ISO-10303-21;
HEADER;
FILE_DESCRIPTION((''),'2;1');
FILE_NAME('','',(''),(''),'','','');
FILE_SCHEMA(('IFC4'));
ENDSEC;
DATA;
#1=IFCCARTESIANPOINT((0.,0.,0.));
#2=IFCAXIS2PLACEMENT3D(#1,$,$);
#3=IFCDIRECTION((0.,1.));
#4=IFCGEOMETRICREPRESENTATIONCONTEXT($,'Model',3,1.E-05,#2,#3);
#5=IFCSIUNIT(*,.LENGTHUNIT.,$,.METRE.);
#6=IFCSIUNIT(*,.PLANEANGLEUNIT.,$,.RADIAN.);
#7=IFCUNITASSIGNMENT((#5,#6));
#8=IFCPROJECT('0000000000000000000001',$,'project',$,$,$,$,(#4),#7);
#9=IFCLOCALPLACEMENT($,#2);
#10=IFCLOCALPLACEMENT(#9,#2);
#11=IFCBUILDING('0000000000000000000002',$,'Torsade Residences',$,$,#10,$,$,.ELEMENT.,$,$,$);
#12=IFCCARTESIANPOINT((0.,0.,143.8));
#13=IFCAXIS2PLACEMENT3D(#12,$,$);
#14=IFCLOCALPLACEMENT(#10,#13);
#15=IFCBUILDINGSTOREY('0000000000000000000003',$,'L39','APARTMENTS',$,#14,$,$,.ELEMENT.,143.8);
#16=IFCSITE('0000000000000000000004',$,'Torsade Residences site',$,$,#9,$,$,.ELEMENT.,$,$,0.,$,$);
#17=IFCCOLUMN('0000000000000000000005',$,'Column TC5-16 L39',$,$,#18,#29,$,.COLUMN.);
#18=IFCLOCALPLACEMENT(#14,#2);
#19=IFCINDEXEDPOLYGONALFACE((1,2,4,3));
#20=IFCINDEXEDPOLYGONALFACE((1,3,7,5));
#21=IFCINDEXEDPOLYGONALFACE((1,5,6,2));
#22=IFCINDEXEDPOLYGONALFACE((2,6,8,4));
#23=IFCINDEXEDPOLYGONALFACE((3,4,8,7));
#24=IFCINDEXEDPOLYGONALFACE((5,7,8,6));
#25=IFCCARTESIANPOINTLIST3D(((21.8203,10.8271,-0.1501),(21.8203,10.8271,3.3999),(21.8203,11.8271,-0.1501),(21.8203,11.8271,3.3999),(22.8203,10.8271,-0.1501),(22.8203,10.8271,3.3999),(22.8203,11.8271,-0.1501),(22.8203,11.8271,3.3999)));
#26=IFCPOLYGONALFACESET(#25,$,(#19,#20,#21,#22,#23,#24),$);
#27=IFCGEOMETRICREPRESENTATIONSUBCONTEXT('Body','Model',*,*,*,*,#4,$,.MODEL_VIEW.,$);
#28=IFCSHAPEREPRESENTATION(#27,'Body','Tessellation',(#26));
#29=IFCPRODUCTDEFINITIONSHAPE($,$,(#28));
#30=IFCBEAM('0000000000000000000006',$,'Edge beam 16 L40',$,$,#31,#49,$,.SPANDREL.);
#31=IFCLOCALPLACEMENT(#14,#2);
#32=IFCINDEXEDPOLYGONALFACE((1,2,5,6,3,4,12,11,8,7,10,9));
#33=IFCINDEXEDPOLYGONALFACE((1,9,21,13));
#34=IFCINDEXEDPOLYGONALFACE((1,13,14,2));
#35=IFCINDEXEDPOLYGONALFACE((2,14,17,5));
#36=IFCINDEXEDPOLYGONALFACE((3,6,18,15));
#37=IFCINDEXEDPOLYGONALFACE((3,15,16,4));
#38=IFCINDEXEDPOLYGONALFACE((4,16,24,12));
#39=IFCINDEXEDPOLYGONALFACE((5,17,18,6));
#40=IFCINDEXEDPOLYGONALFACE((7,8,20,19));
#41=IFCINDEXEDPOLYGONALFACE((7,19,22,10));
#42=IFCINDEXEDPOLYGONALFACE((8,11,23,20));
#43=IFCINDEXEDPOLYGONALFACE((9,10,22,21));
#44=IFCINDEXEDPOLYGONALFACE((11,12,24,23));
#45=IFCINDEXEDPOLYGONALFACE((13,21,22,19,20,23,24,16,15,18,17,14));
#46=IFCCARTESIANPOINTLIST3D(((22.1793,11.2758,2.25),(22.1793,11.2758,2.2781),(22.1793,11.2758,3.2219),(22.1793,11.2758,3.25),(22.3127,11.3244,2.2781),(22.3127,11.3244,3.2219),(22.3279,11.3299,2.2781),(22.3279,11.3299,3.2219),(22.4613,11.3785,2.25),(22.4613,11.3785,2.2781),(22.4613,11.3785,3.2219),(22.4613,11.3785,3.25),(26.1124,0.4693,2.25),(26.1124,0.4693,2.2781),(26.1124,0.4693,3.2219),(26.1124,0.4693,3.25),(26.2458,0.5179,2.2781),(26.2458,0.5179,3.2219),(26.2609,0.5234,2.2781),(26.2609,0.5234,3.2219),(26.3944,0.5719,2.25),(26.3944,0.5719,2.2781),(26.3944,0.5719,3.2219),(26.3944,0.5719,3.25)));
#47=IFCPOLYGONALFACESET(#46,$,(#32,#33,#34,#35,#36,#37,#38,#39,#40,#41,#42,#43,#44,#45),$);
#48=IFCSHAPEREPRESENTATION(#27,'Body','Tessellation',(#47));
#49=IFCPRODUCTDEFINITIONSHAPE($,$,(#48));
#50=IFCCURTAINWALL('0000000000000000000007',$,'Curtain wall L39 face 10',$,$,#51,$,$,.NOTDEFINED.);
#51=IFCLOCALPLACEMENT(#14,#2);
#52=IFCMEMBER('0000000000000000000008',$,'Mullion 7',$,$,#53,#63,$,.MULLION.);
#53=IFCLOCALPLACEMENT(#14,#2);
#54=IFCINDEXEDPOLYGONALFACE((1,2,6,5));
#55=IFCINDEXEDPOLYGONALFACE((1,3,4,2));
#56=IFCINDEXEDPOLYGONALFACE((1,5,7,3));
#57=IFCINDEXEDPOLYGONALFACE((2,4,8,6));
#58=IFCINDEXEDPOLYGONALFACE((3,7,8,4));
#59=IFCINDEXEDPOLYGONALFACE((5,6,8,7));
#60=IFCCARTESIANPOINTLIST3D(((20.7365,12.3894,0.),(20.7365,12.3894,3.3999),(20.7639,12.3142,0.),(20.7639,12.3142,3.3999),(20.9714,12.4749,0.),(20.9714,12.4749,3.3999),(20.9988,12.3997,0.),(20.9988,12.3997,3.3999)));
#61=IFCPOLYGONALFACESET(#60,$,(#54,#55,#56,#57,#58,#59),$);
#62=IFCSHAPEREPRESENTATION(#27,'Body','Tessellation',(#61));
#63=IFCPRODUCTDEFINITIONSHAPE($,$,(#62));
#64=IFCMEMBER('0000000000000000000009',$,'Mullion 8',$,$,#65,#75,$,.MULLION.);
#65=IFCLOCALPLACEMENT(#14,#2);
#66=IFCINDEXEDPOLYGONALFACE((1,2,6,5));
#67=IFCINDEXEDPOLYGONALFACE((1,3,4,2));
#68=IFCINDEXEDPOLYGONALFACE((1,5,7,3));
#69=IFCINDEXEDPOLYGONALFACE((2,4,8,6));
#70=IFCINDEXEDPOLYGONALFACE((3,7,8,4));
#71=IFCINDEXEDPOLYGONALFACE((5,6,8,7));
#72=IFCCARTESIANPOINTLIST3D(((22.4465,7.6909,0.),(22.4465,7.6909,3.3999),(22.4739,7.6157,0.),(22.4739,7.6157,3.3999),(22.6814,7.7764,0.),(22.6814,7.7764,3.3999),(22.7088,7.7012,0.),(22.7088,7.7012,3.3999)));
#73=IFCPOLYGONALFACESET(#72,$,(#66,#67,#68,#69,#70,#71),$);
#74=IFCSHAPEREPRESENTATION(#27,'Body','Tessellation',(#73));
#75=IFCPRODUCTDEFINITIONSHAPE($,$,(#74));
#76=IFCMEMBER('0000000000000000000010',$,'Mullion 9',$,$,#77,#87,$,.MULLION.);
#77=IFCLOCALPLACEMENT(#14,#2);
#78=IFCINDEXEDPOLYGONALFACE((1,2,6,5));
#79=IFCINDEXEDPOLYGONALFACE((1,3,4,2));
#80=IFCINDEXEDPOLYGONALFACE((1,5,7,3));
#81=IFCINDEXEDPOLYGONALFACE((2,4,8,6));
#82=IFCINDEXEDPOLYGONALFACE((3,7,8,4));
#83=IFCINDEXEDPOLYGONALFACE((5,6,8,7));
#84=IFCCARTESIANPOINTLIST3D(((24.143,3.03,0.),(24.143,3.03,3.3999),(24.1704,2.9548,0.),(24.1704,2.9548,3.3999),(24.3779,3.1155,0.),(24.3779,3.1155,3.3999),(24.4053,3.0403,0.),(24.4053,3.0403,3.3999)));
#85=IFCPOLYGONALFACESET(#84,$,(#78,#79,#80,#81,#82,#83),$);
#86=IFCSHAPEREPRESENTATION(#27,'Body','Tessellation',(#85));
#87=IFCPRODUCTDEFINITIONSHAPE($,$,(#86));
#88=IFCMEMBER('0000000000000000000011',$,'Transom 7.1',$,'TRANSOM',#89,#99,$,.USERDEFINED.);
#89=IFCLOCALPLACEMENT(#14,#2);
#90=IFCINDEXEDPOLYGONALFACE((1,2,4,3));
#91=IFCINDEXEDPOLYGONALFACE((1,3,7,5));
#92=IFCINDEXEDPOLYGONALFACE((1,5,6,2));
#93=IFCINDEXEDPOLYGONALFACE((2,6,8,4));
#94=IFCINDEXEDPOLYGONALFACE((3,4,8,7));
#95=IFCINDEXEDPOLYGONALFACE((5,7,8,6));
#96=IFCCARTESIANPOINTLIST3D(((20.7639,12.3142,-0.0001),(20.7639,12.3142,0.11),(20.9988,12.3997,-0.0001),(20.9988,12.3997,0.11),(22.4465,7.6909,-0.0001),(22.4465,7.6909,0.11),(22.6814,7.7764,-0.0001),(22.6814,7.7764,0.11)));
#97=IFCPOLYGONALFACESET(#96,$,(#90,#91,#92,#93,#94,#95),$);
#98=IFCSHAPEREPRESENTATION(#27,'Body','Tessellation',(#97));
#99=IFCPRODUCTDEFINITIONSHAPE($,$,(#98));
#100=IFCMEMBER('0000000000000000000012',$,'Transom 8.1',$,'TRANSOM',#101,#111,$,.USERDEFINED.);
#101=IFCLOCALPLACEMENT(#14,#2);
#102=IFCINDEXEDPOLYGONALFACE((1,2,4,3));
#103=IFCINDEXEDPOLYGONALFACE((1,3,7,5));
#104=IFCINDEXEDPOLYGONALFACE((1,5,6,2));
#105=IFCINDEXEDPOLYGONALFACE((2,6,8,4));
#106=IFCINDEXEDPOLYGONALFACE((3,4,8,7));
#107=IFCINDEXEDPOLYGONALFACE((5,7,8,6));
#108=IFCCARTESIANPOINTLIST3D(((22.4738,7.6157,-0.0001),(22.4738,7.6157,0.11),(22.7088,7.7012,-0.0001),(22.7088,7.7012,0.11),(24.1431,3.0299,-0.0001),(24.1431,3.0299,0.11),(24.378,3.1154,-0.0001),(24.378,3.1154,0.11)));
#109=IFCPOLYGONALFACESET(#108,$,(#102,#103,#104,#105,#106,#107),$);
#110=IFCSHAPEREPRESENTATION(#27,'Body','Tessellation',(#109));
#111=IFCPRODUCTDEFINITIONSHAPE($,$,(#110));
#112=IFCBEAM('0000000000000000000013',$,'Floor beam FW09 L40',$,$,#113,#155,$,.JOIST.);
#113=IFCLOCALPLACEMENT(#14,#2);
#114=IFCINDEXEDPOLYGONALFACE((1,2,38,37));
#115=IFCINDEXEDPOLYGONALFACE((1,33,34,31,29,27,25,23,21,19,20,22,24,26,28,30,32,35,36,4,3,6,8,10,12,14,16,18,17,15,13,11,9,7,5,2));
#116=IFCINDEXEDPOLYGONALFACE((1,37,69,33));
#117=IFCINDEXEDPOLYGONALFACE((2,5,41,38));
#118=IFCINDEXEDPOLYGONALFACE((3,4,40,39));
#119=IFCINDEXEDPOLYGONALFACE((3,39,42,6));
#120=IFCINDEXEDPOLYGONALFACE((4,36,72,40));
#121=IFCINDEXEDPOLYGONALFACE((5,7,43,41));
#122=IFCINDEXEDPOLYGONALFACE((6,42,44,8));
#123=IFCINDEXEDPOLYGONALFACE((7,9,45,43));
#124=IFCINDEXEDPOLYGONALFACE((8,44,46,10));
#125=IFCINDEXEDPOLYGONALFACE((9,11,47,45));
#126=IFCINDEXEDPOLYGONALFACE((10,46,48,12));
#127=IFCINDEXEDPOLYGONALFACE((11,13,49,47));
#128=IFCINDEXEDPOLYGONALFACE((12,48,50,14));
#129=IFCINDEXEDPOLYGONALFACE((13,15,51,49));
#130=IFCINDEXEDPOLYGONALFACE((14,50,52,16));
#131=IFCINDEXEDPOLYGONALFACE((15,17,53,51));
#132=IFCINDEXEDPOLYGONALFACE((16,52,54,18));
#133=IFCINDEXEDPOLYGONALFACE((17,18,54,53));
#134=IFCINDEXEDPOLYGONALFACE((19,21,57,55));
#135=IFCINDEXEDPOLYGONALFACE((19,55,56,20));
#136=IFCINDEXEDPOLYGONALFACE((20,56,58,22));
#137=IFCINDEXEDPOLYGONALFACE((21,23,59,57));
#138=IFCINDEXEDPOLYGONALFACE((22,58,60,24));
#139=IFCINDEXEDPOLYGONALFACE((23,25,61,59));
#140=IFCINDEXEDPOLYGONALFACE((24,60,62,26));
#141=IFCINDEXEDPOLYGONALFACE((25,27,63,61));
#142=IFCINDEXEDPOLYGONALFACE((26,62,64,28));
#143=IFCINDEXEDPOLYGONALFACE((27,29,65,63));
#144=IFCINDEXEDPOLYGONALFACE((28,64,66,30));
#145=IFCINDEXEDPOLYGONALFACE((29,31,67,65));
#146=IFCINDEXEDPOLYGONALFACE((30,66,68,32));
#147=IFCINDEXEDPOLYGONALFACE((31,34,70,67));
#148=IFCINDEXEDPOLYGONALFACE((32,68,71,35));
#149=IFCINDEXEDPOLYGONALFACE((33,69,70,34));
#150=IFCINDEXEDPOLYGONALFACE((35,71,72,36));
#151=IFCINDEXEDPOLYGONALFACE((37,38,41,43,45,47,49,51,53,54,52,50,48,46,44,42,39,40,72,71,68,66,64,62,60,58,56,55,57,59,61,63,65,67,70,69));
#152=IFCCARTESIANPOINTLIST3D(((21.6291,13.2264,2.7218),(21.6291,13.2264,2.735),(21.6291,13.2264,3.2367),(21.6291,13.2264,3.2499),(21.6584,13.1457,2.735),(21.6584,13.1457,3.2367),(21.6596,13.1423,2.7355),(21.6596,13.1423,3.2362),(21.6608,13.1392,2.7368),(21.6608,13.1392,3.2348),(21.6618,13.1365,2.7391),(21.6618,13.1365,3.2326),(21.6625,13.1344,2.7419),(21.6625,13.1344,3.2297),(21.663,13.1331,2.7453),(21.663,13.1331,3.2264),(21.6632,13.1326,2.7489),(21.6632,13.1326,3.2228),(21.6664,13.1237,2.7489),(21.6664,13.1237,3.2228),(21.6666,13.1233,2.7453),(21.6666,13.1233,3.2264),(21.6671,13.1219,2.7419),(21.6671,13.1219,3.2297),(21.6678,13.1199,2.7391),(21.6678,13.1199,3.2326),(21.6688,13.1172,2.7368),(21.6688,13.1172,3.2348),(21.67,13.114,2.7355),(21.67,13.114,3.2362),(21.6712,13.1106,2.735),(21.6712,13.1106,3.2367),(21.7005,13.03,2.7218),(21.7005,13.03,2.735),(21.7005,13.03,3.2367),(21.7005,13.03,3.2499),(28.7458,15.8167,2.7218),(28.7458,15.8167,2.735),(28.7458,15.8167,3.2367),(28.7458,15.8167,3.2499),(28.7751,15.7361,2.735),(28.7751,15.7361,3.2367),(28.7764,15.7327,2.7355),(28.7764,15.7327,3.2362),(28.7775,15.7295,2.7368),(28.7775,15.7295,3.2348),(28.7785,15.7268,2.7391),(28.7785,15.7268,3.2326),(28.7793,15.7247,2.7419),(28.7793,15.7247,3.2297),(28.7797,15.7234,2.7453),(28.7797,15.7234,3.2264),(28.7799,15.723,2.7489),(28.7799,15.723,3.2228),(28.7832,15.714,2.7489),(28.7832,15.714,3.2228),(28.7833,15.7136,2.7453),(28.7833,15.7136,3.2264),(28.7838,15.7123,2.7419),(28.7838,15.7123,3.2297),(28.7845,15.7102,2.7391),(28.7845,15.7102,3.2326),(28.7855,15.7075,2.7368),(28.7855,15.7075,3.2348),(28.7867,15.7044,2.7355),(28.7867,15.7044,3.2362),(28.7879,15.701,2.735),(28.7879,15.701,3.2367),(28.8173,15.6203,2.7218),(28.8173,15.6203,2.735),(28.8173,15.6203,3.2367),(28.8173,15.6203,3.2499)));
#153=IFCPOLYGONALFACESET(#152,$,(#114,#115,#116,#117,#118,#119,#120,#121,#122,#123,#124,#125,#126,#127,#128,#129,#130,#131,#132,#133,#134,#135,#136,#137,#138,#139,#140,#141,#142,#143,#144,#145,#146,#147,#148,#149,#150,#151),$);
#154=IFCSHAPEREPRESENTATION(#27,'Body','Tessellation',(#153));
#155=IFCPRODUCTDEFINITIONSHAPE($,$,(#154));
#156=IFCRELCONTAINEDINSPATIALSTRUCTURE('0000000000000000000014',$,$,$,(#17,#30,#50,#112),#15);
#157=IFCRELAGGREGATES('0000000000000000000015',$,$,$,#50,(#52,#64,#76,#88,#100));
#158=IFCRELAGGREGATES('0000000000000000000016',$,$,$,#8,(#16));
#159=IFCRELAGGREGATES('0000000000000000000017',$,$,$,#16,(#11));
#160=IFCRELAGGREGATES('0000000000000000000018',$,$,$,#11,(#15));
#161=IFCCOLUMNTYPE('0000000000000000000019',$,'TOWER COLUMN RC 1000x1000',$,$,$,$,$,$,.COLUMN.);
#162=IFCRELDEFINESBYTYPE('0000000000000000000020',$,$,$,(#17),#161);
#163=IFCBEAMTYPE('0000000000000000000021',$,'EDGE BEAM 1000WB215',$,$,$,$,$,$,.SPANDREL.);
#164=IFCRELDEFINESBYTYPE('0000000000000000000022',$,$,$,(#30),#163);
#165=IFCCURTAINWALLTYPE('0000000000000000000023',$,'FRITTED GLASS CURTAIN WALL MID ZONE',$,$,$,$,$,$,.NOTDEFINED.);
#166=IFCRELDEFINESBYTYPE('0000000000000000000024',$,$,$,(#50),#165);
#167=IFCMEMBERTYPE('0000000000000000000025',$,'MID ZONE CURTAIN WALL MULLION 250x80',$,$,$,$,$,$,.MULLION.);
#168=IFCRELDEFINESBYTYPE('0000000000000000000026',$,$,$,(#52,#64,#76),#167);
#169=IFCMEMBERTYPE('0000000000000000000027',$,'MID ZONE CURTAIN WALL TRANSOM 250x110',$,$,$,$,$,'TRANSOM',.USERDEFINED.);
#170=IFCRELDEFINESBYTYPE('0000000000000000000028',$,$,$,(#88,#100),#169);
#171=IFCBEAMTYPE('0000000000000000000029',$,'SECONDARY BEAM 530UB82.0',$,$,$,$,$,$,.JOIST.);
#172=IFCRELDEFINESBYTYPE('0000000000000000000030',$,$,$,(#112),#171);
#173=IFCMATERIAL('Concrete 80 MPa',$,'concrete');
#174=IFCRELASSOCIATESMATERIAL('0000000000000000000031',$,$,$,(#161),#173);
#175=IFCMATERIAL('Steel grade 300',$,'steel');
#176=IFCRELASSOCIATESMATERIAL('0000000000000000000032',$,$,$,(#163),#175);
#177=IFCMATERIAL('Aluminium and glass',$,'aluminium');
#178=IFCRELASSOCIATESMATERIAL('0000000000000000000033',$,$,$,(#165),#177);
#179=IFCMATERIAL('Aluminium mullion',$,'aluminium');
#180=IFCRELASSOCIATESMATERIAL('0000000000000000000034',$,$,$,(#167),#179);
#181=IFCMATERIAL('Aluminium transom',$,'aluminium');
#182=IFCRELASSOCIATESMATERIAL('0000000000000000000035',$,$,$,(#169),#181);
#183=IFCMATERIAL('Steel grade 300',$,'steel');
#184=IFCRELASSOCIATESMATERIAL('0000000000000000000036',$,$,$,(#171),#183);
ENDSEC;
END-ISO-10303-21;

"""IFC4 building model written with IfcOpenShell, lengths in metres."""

from ifc_helpers import new_model, si_unit, direction, frame, origin, origin_2d, place, context, subcontext, project, spatial, rectangle, i_section, extrude, material, material_profile, profile_set, type_object, element, aggregate, save


model = new_model("IFC4")

# Units and contexts
model_context = context("Model", 3, precision=1e-05, world=origin(), true_north=direction((0.0, 1.0)))
body_context = subcontext(model_context, "Body", "Model", "MODEL_VIEW")
ifc_project = project(units=[si_unit("LENGTHUNIT", "METRE"), si_unit("PLANEANGLEUNIT", "RADIAN")], contexts=[model_context])

# Site, building, storey
site_placement = place(None, origin())
site = spatial("IfcSite", under=ifc_project, at=site_placement, Name="Torsade Residences site", CompositionType="ELEMENT", RefElevation=0.0)
building_placement = place(site_placement, origin())
building = spatial("IfcBuilding", under=site, at=building_placement, Name="Torsade Residences", CompositionType="ELEMENT")
storey_placement = place(building_placement, frame((0.0, 0.0, 143.8)))
storey = spatial("IfcBuildingStorey", under=building, at=storey_placement, Name="L39", Description="APARTMENTS", CompositionType="ELEMENT", Elevation=143.8)

# Column
ifc_material_1 = material(Name="Concrete 80 MPa", Category="concrete")
ifc_material_profile_1 = material_profile(ifc_material_1, rectangle(XDim=1.0, YDim=1.0, at=origin_2d()), Name="RC 1000x1000")
ifc_profile_set_1 = profile_set([ifc_material_profile_1], Name="Concrete 80 MPa")
column_type = type_object("IfcColumnType", Name="TOWER COLUMN RC 1000x1000", PredefinedType="COLUMN", material=ifc_profile_set_1)
column_placement = place(storey_placement, frame((22.3203, 11.3271, -0.1501), z_axis=(0.0, 0.0, 1.0), x_axis=(1.0, 0.0, 0.0)))
element("IfcColumn", 1, at=column_placement, inside=storey, type_object=column_type, Name="Column TC5-16 L39", PredefinedType="COLUMN", context=body_context, shape_type="SweptSolid", body=[
    extrude(rectangle(XDim=1.0, YDim=1.0, at=origin_2d()), origin(), (0.0, 0.0, 1.0), 3.55),
])

# Beam
ifc_material_2 = material(Name="Steel grade 300", Category="steel")
ifc_material_profile_2 = material_profile(ifc_material_2, i_section(OverallWidth=0.3, OverallDepth=1.0, WebThickness=0.0161, FlangeThickness=0.0281, at=origin_2d()), Name="1000WB215")
ifc_profile_set_2 = profile_set([ifc_material_profile_2], Name="Steel grade 300")
beam_type_1 = type_object("IfcBeamType", Name="EDGE BEAM 1000WB215", PredefinedType="SPANDREL", material=ifc_profile_set_2)
beam_1_placement = place(storey_placement, frame((22.3203, 11.3271, 2.75), z_axis=(0.342006, -0.939698, 0.0), x_axis=(0.939698, 0.342006, 0.0)))
element("IfcBeam", 2, at=beam_1_placement, inside=storey, type_object=beam_type_1, Name="Edge beam 16 L40", PredefinedType="SPANDREL", context=body_context, shape_type="SweptSolid", body=[
    extrude(i_section(OverallWidth=0.3, OverallDepth=1.0, WebThickness=0.0161, FlangeThickness=0.0281, at=origin_2d()), origin(), (0.0, 0.0, 1.0), 11.5),
])

# Curtain wall, members
ifc_material_3 = material(Name="Aluminium and glass", Category="aluminium")
curtain_wall_type = type_object("IfcCurtainWallType", Name="FRITTED GLASS CURTAIN WALL MID ZONE", PredefinedType="NOTDEFINED", material=ifc_material_3)
curtain_wall_placement = place(storey_placement, origin())
curtain_wall = element("IfcCurtainWall", 3, at=curtain_wall_placement, inside=storey, type_object=curtain_wall_type, Name="Curtain wall L39 face 10", PredefinedType="NOTDEFINED")
ifc_material_4 = material(Name="Aluminium mullion", Category="aluminium")
ifc_material_profile_3 = material_profile(ifc_material_4, rectangle(XDim=0.25, YDim=0.0801, at=origin_2d()), Name="MID ZONE CURTAIN WALL MULLION 250x80")
ifc_profile_set_3 = profile_set([ifc_material_profile_3], Name="Aluminium mullion")
member_type_1 = type_object("IfcMemberType", Name="MID ZONE CURTAIN WALL MULLION 250x80", PredefinedType="MULLION", material=ifc_profile_set_3)
member_1_placement = place(storey_placement, frame((20.8677, 12.3945, 0.0), z_axis=(0.0, 0.0, 1.0), x_axis=(0.939693, 0.34202, 0.0)))
member_1 = element("IfcMember", 4, at=member_1_placement, type_object=member_type_1, Name="Mullion 7", PredefinedType="MULLION", context=body_context, shape_type="SweptSolid", body=[
    extrude(rectangle(XDim=0.25, YDim=0.0801, at=origin_2d()), origin(), (0.0, 0.0, 1.0), 3.3999),
])
member_2_placement = place(storey_placement, frame((22.5776, 7.696, 0.0), z_axis=(0.0, 0.0, 1.0), x_axis=(0.939693, 0.34202, 0.0)))
member_2 = element("IfcMember", 5, at=member_2_placement, type_object=member_type_1, Name="Mullion 8", PredefinedType="MULLION", context=body_context, shape_type="SweptSolid", body=[
    extrude(rectangle(XDim=0.25, YDim=0.0801, at=origin_2d()), origin(), (0.0, 0.0, 1.0), 3.3999),
])
member_3_placement = place(storey_placement, frame((24.2742, 3.0352, 0.0), z_axis=(0.0, 0.0, 1.0), x_axis=(0.939693, 0.34202, 0.0)))
member_3 = element("IfcMember", 6, at=member_3_placement, type_object=member_type_1, Name="Mullion 9", PredefinedType="MULLION", context=body_context, shape_type="SweptSolid", body=[
    extrude(rectangle(XDim=0.25, YDim=0.0801, at=origin_2d()), origin(), (0.0, 0.0, 1.0), 3.3999),
])
ifc_material_5 = material(Name="Aluminium transom", Category="aluminium")
ifc_material_profile_4 = material_profile(ifc_material_5, rectangle(XDim=0.25, YDim=0.1101, at=origin_2d()), Name="MID ZONE CURTAIN WALL TRANSOM 250x110")
ifc_profile_set_4 = profile_set([ifc_material_profile_4], Name="Aluminium transom")
member_type_2 = type_object("IfcMemberType", Name="MID ZONE CURTAIN WALL TRANSOM 250x110", ElementType="TRANSOM", PredefinedType="USERDEFINED", material=ifc_profile_set_4)
member_4_placement = place(storey_placement, frame((20.8813, 12.3569, 0.0549), z_axis=(0.341998, -0.939701, 0.0), x_axis=(0.939701, 0.341998, 0.0)))
member_4 = element("IfcMember", 7, at=member_4_placement, type_object=member_type_2, Name="Transom 7.1", ObjectType="TRANSOM", PredefinedType="USERDEFINED", context=body_context, shape_type="SweptSolid", body=[
    extrude(rectangle(XDim=0.25, YDim=0.1101, at=origin_2d()), origin(), (0.0, 0.0, 1.0), 4.9199),
])
member_5_placement = place(storey_placement, frame((22.5913, 7.6584, 0.0549), z_axis=(0.342044, -0.939684, 0.0), x_axis=(0.939684, 0.342044, 0.0)))
member_5 = element("IfcMember", 8, at=member_5_placement, type_object=member_type_2, Name="Transom 8.1", ObjectType="TRANSOM", PredefinedType="USERDEFINED", context=body_context, shape_type="SweptSolid", body=[
    extrude(rectangle(XDim=0.25, YDim=0.1101, at=origin_2d()), origin(), (0.0, 0.0, 1.0), 4.8801),
])

# Beam
ifc_material_6 = material(Name="Steel grade 300", Category="steel")
ifc_material_profile_5 = material_profile(ifc_material_6, i_section(OverallWidth=0.209, OverallDepth=0.5281, WebThickness=0.0095, FlangeThickness=0.0132, FilletRadius=0.0139, at=origin_2d()), Name="530UB82.0")
ifc_profile_set_5 = profile_set([ifc_material_profile_5], Name="Steel grade 300")
beam_type_2 = type_object("IfcBeamType", Name="SECONDARY BEAM 530UB82.0", PredefinedType="JOIST", material=ifc_profile_set_5)
beam_2_placement = place(storey_placement, frame((21.6648, 13.1282, 2.9858), z_axis=(0.93969, 0.342028, 0.0), x_axis=(-0.342028, 0.93969, 0.0)))
element("IfcBeam", 9, at=beam_2_placement, inside=storey, type_object=beam_type_2, Name="Floor beam FW09 L40", PredefinedType="JOIST", context=body_context, shape_type="SweptSolid", body=[
    extrude(i_section(OverallWidth=0.209, OverallDepth=0.5281, WebThickness=0.0095, FlangeThickness=0.0132, FilletRadius=0.0139, at=origin_2d()), origin(), (0.0, 0.0, 1.0), 7.5735),
])

aggregate(curtain_wall, [member_1, member_2, member_3, member_4, member_5])

save(model, "model.ifc")
